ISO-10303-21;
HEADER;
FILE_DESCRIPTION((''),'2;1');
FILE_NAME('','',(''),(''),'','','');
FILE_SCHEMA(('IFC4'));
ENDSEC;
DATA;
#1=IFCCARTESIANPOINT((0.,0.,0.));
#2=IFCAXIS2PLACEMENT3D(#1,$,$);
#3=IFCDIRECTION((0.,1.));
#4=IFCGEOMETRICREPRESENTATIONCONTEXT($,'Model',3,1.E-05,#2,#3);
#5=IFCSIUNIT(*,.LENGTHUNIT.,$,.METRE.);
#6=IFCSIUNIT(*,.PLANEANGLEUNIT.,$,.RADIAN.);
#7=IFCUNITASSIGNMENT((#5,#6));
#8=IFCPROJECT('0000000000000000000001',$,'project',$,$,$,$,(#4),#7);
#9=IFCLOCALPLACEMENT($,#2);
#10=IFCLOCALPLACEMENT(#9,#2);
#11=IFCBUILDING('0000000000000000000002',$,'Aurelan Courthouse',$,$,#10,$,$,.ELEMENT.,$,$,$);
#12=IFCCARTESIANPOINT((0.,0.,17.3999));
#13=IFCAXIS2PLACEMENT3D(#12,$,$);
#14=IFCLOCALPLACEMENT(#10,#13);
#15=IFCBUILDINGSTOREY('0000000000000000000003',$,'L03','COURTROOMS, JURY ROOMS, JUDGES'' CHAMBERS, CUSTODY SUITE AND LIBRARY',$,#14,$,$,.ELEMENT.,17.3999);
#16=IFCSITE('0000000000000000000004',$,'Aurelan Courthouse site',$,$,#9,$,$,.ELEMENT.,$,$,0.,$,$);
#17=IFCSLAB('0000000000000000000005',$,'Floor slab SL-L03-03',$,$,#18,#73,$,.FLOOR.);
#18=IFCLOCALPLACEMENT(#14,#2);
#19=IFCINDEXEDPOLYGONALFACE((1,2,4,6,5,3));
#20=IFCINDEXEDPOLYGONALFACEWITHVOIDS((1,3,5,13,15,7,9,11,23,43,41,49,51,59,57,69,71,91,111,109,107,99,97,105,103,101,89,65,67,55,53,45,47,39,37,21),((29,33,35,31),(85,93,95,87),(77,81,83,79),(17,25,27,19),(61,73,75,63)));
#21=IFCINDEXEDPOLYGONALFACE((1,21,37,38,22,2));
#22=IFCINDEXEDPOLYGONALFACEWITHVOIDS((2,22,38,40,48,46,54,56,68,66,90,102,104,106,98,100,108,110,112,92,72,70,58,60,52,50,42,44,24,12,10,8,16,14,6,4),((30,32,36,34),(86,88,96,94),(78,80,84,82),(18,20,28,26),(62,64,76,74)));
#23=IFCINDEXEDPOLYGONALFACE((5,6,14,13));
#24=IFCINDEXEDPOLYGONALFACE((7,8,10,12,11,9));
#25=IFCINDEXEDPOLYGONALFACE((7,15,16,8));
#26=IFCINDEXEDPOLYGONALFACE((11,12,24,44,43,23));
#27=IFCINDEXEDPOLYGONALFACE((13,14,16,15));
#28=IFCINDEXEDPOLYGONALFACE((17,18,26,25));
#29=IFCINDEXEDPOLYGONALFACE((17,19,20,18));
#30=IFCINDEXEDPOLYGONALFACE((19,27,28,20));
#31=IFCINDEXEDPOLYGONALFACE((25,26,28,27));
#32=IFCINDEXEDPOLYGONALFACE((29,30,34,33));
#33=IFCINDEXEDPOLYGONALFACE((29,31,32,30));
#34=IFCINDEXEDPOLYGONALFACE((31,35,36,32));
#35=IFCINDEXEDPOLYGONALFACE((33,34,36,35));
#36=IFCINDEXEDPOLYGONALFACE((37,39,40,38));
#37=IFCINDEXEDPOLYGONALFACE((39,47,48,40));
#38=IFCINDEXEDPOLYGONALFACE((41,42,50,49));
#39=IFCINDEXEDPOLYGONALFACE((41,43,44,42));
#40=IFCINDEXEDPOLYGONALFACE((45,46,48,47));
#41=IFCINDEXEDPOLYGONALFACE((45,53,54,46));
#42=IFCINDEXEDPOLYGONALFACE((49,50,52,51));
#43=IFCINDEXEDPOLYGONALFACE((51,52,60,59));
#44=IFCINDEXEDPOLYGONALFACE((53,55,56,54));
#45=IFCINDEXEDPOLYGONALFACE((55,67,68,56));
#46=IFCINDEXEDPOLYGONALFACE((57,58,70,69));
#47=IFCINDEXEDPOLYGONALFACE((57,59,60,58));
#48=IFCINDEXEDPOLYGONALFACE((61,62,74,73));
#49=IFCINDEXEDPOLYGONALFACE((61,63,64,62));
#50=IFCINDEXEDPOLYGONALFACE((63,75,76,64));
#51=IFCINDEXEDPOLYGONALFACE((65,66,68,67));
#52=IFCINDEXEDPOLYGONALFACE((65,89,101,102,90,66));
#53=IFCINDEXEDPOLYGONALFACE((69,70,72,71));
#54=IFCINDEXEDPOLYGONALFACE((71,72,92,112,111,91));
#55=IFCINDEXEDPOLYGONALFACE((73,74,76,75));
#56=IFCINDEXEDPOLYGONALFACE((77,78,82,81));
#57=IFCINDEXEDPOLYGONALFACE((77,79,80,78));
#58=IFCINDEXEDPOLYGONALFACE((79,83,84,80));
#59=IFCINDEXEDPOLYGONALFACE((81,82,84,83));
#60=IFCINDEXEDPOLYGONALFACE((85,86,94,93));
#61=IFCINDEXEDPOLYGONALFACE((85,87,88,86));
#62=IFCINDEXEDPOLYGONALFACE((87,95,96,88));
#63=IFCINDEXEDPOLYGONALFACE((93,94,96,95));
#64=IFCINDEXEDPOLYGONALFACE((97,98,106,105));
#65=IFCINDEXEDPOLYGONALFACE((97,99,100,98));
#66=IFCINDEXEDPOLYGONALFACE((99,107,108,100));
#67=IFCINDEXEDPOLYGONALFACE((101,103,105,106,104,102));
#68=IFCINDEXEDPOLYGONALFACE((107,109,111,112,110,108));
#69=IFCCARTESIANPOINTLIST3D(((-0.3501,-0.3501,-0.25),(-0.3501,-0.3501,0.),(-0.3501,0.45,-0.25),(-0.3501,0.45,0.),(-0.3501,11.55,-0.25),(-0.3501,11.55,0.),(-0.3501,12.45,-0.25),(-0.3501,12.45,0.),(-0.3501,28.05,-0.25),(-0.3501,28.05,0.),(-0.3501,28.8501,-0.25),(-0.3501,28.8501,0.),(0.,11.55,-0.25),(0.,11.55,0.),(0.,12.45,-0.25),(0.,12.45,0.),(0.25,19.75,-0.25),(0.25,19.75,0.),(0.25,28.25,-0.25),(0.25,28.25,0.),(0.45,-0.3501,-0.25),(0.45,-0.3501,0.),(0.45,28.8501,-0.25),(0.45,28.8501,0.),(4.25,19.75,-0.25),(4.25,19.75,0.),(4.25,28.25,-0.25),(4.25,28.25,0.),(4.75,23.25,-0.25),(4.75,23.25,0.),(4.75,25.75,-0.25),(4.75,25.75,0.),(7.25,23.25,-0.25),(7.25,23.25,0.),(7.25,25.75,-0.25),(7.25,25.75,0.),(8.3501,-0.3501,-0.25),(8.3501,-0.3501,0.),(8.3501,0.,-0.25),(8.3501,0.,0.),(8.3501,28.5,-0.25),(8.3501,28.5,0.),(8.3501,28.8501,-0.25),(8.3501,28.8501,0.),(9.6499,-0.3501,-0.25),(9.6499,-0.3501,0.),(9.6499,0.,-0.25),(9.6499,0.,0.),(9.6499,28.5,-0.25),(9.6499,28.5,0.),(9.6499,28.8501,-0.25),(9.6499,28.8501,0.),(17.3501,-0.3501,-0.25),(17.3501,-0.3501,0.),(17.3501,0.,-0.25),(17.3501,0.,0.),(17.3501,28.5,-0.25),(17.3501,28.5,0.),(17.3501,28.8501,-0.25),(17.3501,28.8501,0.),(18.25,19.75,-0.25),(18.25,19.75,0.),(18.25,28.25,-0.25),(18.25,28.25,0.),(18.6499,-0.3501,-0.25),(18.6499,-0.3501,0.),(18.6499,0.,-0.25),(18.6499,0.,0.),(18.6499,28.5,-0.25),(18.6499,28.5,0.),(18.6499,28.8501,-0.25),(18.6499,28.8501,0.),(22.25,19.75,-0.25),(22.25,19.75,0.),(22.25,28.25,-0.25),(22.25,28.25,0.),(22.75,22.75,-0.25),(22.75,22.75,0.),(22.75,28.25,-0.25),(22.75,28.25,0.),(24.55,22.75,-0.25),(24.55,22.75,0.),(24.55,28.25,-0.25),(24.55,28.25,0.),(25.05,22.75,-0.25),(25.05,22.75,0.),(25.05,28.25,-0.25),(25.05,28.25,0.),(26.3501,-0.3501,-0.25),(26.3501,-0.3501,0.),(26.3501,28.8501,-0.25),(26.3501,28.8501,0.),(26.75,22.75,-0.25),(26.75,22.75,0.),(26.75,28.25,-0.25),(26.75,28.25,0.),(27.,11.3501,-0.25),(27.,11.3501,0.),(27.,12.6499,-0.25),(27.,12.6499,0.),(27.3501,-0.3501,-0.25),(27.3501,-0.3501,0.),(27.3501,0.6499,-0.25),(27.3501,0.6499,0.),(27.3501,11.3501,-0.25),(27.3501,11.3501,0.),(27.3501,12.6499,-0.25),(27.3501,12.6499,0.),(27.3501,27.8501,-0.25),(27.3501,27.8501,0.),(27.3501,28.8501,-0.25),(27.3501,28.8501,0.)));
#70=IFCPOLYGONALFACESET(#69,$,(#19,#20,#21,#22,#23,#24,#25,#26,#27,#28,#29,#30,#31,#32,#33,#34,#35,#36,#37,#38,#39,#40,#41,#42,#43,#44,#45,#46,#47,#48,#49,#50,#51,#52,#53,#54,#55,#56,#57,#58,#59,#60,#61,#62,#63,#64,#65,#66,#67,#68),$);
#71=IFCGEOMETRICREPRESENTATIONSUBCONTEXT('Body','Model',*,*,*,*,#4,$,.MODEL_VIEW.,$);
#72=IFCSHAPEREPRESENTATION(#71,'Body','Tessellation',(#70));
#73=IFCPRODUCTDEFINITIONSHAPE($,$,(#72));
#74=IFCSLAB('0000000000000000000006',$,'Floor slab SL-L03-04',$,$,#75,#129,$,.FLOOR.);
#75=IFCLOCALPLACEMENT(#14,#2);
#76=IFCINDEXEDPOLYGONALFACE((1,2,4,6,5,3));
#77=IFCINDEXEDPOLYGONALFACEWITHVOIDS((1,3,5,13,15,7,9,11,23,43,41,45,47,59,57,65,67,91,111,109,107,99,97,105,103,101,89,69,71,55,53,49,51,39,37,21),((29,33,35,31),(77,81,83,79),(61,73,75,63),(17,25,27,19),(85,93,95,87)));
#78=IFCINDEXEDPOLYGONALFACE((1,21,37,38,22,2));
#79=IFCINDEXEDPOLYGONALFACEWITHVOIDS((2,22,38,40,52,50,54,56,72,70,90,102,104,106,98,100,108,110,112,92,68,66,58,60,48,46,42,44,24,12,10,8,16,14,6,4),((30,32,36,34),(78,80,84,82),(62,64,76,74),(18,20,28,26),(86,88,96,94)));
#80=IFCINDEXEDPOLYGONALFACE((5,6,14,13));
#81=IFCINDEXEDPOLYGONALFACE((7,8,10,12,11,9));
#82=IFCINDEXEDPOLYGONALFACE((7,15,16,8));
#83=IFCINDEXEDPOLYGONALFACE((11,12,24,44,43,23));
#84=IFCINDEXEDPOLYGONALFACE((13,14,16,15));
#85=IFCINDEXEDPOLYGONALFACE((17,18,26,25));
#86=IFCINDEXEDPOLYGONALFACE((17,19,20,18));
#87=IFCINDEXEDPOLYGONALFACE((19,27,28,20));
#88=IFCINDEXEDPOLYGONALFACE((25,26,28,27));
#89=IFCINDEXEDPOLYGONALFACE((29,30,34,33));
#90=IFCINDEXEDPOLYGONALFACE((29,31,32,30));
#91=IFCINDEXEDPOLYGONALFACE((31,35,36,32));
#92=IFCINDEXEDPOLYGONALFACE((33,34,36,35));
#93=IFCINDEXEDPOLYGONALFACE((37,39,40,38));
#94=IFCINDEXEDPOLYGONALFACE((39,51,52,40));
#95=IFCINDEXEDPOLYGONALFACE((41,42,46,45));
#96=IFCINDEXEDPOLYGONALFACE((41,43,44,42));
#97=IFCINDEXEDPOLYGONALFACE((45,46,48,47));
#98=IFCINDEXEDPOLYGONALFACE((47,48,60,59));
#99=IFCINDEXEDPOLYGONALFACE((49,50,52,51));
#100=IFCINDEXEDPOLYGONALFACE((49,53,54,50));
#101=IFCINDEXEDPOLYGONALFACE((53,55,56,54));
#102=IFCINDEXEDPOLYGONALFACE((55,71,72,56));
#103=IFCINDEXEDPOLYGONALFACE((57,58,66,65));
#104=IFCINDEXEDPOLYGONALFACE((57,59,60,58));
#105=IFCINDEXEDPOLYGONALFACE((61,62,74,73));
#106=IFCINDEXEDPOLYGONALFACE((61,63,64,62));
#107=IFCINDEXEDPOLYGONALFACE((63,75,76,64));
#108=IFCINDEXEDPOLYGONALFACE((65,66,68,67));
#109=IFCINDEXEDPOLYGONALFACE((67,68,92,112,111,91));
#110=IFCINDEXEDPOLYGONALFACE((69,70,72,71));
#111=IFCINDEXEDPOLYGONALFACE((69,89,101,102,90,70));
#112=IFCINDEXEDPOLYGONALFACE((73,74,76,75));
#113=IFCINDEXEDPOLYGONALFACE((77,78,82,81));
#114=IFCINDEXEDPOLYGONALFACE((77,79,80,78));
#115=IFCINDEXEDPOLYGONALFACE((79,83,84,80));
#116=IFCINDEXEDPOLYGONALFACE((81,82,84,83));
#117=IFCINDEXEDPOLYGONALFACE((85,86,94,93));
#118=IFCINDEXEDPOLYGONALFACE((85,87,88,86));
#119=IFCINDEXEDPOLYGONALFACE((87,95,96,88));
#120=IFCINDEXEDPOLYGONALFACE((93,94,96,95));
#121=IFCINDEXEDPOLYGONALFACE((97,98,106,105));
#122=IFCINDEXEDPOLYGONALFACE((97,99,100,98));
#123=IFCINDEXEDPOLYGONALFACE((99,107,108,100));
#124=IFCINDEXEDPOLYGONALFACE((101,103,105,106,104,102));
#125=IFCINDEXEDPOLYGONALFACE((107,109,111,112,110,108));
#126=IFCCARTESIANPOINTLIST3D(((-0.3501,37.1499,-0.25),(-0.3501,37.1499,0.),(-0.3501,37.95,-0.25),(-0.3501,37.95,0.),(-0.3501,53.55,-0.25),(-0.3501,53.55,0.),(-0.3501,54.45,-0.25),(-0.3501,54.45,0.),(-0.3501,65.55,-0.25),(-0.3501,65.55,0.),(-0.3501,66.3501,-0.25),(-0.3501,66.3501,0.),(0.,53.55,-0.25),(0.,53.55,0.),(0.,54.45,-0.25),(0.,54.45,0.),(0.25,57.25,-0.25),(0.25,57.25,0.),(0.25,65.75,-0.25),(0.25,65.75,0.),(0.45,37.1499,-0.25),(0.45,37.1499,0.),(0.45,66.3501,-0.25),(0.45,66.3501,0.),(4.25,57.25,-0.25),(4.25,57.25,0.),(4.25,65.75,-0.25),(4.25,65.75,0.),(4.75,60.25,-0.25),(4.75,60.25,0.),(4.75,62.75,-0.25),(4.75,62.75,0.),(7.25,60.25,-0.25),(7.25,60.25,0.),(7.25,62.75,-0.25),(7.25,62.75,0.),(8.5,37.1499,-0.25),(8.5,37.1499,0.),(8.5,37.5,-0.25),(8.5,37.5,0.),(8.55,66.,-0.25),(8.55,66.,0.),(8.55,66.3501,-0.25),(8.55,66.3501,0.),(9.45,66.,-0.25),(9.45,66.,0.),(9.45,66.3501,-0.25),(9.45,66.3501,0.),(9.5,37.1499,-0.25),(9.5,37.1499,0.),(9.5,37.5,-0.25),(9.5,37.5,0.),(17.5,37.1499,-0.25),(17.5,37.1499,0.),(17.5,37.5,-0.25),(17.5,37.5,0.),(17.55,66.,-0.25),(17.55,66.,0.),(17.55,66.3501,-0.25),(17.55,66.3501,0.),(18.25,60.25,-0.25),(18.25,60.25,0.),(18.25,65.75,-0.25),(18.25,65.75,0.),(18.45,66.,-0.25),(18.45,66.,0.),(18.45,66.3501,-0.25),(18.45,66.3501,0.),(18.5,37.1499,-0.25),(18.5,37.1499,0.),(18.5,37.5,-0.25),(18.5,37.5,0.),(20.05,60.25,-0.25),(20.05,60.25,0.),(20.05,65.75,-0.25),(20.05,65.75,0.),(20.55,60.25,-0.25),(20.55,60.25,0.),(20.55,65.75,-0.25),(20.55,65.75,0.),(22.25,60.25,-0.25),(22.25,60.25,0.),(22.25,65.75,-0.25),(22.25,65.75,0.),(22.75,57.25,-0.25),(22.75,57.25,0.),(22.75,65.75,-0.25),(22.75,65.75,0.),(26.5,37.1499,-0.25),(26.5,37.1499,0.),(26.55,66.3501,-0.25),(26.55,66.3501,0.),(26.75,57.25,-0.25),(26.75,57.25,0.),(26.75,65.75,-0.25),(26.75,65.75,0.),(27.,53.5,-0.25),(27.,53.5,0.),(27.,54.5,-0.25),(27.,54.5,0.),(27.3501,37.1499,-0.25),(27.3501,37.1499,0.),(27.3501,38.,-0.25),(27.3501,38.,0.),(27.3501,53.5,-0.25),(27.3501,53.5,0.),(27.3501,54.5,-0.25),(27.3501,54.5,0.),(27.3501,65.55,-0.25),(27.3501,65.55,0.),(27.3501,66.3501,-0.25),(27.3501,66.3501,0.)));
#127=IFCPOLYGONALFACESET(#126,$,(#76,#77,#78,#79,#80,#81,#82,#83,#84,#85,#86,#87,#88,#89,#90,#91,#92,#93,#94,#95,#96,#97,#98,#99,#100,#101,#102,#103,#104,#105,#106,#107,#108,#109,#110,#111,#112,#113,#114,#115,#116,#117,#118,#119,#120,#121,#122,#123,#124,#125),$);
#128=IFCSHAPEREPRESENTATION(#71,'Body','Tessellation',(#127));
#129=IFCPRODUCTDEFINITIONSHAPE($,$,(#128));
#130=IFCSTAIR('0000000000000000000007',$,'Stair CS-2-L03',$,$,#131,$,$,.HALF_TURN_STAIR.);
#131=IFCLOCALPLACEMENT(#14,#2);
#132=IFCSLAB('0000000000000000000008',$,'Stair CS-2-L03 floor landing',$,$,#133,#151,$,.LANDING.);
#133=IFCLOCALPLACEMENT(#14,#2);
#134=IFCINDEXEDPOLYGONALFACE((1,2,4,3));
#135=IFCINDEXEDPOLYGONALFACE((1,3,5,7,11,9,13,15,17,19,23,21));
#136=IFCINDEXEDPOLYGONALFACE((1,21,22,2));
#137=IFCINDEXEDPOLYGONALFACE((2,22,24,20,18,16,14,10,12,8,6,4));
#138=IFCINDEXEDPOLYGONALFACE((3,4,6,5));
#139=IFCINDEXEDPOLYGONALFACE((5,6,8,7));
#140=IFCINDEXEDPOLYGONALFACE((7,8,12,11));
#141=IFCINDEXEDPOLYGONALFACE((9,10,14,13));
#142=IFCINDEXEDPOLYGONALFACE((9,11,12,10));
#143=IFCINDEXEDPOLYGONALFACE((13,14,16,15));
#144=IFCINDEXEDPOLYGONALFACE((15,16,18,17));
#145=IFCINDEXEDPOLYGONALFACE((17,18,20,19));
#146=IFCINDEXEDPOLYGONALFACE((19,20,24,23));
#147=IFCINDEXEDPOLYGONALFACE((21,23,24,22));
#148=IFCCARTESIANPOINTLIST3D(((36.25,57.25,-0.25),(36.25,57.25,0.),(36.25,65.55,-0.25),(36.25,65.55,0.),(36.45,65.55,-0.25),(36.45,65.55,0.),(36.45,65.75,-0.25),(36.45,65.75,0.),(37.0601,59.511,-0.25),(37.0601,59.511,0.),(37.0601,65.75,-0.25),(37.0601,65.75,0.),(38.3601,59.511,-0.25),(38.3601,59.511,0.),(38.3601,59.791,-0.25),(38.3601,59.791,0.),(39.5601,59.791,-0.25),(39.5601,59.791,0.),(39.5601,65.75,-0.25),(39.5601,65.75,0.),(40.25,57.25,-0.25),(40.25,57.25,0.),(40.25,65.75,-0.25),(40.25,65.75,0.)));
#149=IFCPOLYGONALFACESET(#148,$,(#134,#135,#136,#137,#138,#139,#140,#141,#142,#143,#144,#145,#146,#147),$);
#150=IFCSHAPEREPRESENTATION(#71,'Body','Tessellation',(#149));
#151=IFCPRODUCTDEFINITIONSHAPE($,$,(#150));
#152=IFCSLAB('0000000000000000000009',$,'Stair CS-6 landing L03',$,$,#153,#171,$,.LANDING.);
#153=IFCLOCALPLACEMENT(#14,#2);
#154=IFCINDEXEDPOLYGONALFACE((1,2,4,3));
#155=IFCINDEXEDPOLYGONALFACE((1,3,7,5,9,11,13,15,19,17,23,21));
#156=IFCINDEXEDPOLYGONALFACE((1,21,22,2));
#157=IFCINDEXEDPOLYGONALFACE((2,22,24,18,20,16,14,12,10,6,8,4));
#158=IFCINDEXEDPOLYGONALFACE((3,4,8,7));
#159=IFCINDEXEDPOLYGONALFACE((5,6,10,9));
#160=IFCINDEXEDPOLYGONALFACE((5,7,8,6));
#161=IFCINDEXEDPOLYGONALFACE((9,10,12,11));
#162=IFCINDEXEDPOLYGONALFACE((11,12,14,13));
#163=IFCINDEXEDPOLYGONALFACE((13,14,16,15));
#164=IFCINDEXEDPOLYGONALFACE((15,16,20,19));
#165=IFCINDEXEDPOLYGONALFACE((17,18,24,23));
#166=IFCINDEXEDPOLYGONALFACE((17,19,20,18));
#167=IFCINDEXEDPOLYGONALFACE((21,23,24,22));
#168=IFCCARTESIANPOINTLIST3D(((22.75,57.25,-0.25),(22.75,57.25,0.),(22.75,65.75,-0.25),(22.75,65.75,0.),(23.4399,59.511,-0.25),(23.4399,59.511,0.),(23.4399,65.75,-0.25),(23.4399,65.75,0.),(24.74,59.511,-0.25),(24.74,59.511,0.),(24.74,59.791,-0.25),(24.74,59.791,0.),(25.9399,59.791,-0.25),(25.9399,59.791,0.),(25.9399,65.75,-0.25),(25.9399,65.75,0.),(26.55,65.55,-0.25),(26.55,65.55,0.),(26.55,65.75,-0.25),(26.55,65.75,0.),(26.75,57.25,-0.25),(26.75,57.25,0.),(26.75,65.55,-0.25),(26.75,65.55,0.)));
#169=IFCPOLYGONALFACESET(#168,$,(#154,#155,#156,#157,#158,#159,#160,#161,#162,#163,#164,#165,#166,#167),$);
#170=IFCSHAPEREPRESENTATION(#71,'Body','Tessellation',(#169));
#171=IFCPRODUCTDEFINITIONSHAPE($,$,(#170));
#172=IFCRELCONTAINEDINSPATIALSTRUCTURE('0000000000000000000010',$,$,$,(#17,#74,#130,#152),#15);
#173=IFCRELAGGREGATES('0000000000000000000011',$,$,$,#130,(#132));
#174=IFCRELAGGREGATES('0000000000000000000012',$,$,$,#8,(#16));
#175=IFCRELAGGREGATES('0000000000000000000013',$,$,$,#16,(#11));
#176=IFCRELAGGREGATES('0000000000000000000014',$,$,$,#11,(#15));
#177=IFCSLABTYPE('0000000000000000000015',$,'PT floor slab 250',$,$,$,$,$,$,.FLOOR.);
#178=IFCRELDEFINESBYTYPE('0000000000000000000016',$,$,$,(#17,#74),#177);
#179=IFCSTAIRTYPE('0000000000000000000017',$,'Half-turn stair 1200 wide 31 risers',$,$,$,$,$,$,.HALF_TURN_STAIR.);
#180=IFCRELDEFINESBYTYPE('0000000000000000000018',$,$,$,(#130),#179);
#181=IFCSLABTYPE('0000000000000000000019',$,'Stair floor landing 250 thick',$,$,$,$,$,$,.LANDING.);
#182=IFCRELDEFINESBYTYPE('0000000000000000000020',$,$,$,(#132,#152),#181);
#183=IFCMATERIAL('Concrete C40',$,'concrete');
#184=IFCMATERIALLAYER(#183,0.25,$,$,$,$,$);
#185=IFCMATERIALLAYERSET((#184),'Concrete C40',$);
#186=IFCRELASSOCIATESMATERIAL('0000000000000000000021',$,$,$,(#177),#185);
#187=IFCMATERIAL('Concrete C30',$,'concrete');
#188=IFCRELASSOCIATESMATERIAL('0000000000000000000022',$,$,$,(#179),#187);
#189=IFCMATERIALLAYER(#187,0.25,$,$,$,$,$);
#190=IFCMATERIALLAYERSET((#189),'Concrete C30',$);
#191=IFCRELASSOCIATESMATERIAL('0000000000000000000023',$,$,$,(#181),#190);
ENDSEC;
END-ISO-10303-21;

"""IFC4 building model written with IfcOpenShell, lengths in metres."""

from ifc_helpers import new_model, si_unit, direction, frame, origin, place, context, subcontext, project, spatial, polyline, outline, extrude, material, layer, layer_set, type_object, element, aggregate, save


model = new_model("IFC4")

# Units and contexts
model_context = context("Model", 3, precision=1e-05, world=origin(), true_north=direction((0.0, 1.0)))
body_context = subcontext(model_context, "Body", "Model", "MODEL_VIEW")
ifc_project = project(units=[si_unit("LENGTHUNIT", "METRE"), si_unit("PLANEANGLEUNIT", "RADIAN")], contexts=[model_context])

# Site, building, storey
site_placement = place(None, origin())
site = spatial("IfcSite", under=ifc_project, at=site_placement, Name="Aurelan Courthouse site", CompositionType="ELEMENT", RefElevation=0.0)
building_placement = place(site_placement, origin())
building = spatial("IfcBuilding", under=site, at=building_placement, Name="Aurelan Courthouse", CompositionType="ELEMENT")
storey_placement = place(building_placement, frame((0.0, 0.0, 17.3999)))
storey = spatial("IfcBuildingStorey", under=building, at=storey_placement, Name="L03", Description="COURTROOMS, JURY ROOMS, JUDGES' CHAMBERS, CUSTODY SUITE AND LIBRARY", CompositionType="ELEMENT", Elevation=17.3999)

# Slabs
ifc_material_1 = material(Name="Concrete C40", Category="concrete")
ifc_layer_1 = layer(ifc_material_1, 0.25)
ifc_layer_set_1 = layer_set([ifc_layer_1], Name="Concrete C40")
slab_type_1 = type_object("IfcSlabType", Name="PT floor slab 250", PredefinedType="FLOOR", material=ifc_layer_set_1)
slab_1_placement = place(storey_placement, frame((0.0, 0.0, -0.25)))
element("IfcSlab", 1, at=slab_1_placement, inside=storey, type_object=slab_type_1, Name="Floor slab SL-L03-03", PredefinedType="FLOOR", context=body_context, shape_type="SweptSolid", body=[
    extrude(outline(polyline([(0.0, 12.45), (0.0, 11.55), (-0.3501, 11.55), (-0.3501, 0.45), (-0.3501, -0.3501), (0.45, -0.3501), (8.3501, -0.3501), (8.3501, 0.0), (9.6499, 0.0), (9.6499, -0.3501), (17.3501, -0.3501), (17.3501, 0.0), (18.6499, 0.0), (18.6499, -0.3501), (26.3501, -0.3501), (27.3501, -0.3501), (27.3501, 0.6499), (27.3501, 11.3501), (27.0, 11.3501), (27.0, 12.6499), (27.3501, 12.6499), (27.3501, 27.8501), (27.3501, 28.8501), (26.3501, 28.8501), (18.6499, 28.8501), (18.6499, 28.5), (17.3501, 28.5), (17.3501, 28.8501), (9.6499, 28.8501), (9.6499, 28.5), (8.3501, 28.5), (8.3501, 28.8501), (0.45, 28.8501), (-0.3501, 28.8501), (-0.3501, 28.05), (-0.3501, 12.45), (0.0, 12.45)]), holes=[polyline([(26.75, 28.25), (26.75, 22.75), (25.05, 22.75), (25.05, 28.25), (26.75, 28.25)]), polyline([(22.75, 28.25), (24.55, 28.25), (24.55, 22.75), (22.75, 22.75), (22.75, 28.25)]), polyline([(22.25, 28.25), (22.25, 19.75), (18.25, 19.75), (18.25, 28.25), (22.25, 28.25)]), polyline([(4.75, 23.25), (4.75, 25.75), (7.25, 25.75), (7.25, 23.25), (4.75, 23.25)]), polyline([(4.25, 19.75), (0.25, 19.75), (0.25, 28.25), (4.25, 28.25), (4.25, 19.75)])]), origin(), (0.0, 0.0, 1.0), 0.25),
])
slab_2_placement = place(storey_placement, frame((0.0, 0.0, -0.25)))
element("IfcSlab", 2, at=slab_2_placement, inside=storey, type_object=slab_type_1, Name="Floor slab SL-L03-04", PredefinedType="FLOOR", context=body_context, shape_type="SweptSolid", body=[
    extrude(outline(polyline([(0.0, 54.45), (0.0, 53.55), (-0.3501, 53.55), (-0.3501, 37.95), (-0.3501, 37.1499), (0.45, 37.1499), (8.5, 37.1499), (8.5, 37.5), (9.5, 37.5), (9.5, 37.1499), (17.5, 37.1499), (17.5, 37.5), (18.5, 37.5), (18.5, 37.1499), (26.5, 37.1499), (27.3501, 37.1499), (27.3501, 38.0), (27.3501, 53.5), (27.0, 53.5), (27.0, 54.5), (27.3501, 54.5), (27.3501, 65.55), (27.3501, 66.3501), (26.55, 66.3501), (18.45, 66.3501), (18.45, 66.0), (17.55, 66.0), (17.55, 66.3501), (9.45, 66.3501), (9.45, 66.0), (8.55, 66.0), (8.55, 66.3501), (0.45, 66.3501), (-0.3501, 66.3501), (-0.3501, 65.55), (-0.3501, 54.45), (0.0, 54.45)]), holes=[polyline([(26.75, 65.75), (26.75, 57.25), (22.75, 57.25), (22.75, 65.75), (26.75, 65.75)]), polyline([(20.55, 65.75), (22.25, 65.75), (22.25, 60.25), (20.55, 60.25), (20.55, 65.75)]), polyline([(18.25, 60.25), (18.25, 65.75), (20.05, 65.75), (20.05, 60.25), (18.25, 60.25)]), polyline([(7.25, 62.75), (7.25, 60.25), (4.75, 60.25), (4.75, 62.75), (7.25, 62.75)]), polyline([(4.25, 57.25), (0.25, 57.25), (0.25, 65.75), (4.25, 65.75), (4.25, 57.25)])]), origin(), (0.0, 0.0, 1.0), 0.25),
])

# Stair, slab
ifc_material_2 = material(Name="Concrete C30", Category="concrete")
stair_type_1 = type_object("IfcStairType", Name="Half-turn stair 1200 wide 31 risers", PredefinedType="HALF_TURN_STAIR", material=ifc_material_2)
stair_1_placement = place(storey_placement, origin())
stair_1 = element("IfcStair", 3, at=stair_1_placement, inside=storey, type_object=stair_type_1, Name="Stair CS-2-L03", PredefinedType="HALF_TURN_STAIR")
ifc_layer_2 = layer(ifc_material_2, 0.25)
ifc_layer_set_2 = layer_set([ifc_layer_2], Name="Concrete C30")
slab_type_2 = type_object("IfcSlabType", Name="Stair floor landing 250 thick", PredefinedType="LANDING", material=ifc_layer_set_2)
slab_3_placement = place(storey_placement, frame((0.0, 0.0, -0.25)))
slab_3 = element("IfcSlab", 4, at=slab_3_placement, type_object=slab_type_2, Name="Stair CS-2-L03 floor landing", PredefinedType="LANDING", context=body_context, shape_type="SweptSolid", body=[
    extrude(outline(polyline([(37.0601, 59.511), (38.3601, 59.511), (38.3601, 59.791), (39.5601, 59.791), (39.5601, 65.75), (40.25, 65.75), (40.25, 57.25), (36.25, 57.25), (36.25, 65.55), (36.45, 65.55), (36.45, 65.75), (37.0601, 65.75), (37.0601, 59.511)])), origin(), (0.0, 0.0, 1.0), 0.25),
])
aggregate(stair_1, [slab_3])

# Slab
slab_4_placement = place(storey_placement, frame((0.0, 0.0, -0.25)))
element("IfcSlab", 5, at=slab_4_placement, inside=storey, type_object=slab_type_2, Name="Stair CS-6 landing L03", PredefinedType="LANDING", context=body_context, shape_type="SweptSolid", body=[
    extrude(outline(polyline([(23.4399, 59.511), (24.74, 59.511), (24.74, 59.791), (25.9399, 59.791), (25.9399, 65.75), (26.55, 65.75), (26.55, 65.55), (26.75, 65.55), (26.75, 57.25), (22.75, 57.25), (22.75, 65.75), (23.4399, 65.75), (23.4399, 59.511)])), origin(), (0.0, 0.0, 1.0), 0.25),
])

save(model, "model.ifc")
